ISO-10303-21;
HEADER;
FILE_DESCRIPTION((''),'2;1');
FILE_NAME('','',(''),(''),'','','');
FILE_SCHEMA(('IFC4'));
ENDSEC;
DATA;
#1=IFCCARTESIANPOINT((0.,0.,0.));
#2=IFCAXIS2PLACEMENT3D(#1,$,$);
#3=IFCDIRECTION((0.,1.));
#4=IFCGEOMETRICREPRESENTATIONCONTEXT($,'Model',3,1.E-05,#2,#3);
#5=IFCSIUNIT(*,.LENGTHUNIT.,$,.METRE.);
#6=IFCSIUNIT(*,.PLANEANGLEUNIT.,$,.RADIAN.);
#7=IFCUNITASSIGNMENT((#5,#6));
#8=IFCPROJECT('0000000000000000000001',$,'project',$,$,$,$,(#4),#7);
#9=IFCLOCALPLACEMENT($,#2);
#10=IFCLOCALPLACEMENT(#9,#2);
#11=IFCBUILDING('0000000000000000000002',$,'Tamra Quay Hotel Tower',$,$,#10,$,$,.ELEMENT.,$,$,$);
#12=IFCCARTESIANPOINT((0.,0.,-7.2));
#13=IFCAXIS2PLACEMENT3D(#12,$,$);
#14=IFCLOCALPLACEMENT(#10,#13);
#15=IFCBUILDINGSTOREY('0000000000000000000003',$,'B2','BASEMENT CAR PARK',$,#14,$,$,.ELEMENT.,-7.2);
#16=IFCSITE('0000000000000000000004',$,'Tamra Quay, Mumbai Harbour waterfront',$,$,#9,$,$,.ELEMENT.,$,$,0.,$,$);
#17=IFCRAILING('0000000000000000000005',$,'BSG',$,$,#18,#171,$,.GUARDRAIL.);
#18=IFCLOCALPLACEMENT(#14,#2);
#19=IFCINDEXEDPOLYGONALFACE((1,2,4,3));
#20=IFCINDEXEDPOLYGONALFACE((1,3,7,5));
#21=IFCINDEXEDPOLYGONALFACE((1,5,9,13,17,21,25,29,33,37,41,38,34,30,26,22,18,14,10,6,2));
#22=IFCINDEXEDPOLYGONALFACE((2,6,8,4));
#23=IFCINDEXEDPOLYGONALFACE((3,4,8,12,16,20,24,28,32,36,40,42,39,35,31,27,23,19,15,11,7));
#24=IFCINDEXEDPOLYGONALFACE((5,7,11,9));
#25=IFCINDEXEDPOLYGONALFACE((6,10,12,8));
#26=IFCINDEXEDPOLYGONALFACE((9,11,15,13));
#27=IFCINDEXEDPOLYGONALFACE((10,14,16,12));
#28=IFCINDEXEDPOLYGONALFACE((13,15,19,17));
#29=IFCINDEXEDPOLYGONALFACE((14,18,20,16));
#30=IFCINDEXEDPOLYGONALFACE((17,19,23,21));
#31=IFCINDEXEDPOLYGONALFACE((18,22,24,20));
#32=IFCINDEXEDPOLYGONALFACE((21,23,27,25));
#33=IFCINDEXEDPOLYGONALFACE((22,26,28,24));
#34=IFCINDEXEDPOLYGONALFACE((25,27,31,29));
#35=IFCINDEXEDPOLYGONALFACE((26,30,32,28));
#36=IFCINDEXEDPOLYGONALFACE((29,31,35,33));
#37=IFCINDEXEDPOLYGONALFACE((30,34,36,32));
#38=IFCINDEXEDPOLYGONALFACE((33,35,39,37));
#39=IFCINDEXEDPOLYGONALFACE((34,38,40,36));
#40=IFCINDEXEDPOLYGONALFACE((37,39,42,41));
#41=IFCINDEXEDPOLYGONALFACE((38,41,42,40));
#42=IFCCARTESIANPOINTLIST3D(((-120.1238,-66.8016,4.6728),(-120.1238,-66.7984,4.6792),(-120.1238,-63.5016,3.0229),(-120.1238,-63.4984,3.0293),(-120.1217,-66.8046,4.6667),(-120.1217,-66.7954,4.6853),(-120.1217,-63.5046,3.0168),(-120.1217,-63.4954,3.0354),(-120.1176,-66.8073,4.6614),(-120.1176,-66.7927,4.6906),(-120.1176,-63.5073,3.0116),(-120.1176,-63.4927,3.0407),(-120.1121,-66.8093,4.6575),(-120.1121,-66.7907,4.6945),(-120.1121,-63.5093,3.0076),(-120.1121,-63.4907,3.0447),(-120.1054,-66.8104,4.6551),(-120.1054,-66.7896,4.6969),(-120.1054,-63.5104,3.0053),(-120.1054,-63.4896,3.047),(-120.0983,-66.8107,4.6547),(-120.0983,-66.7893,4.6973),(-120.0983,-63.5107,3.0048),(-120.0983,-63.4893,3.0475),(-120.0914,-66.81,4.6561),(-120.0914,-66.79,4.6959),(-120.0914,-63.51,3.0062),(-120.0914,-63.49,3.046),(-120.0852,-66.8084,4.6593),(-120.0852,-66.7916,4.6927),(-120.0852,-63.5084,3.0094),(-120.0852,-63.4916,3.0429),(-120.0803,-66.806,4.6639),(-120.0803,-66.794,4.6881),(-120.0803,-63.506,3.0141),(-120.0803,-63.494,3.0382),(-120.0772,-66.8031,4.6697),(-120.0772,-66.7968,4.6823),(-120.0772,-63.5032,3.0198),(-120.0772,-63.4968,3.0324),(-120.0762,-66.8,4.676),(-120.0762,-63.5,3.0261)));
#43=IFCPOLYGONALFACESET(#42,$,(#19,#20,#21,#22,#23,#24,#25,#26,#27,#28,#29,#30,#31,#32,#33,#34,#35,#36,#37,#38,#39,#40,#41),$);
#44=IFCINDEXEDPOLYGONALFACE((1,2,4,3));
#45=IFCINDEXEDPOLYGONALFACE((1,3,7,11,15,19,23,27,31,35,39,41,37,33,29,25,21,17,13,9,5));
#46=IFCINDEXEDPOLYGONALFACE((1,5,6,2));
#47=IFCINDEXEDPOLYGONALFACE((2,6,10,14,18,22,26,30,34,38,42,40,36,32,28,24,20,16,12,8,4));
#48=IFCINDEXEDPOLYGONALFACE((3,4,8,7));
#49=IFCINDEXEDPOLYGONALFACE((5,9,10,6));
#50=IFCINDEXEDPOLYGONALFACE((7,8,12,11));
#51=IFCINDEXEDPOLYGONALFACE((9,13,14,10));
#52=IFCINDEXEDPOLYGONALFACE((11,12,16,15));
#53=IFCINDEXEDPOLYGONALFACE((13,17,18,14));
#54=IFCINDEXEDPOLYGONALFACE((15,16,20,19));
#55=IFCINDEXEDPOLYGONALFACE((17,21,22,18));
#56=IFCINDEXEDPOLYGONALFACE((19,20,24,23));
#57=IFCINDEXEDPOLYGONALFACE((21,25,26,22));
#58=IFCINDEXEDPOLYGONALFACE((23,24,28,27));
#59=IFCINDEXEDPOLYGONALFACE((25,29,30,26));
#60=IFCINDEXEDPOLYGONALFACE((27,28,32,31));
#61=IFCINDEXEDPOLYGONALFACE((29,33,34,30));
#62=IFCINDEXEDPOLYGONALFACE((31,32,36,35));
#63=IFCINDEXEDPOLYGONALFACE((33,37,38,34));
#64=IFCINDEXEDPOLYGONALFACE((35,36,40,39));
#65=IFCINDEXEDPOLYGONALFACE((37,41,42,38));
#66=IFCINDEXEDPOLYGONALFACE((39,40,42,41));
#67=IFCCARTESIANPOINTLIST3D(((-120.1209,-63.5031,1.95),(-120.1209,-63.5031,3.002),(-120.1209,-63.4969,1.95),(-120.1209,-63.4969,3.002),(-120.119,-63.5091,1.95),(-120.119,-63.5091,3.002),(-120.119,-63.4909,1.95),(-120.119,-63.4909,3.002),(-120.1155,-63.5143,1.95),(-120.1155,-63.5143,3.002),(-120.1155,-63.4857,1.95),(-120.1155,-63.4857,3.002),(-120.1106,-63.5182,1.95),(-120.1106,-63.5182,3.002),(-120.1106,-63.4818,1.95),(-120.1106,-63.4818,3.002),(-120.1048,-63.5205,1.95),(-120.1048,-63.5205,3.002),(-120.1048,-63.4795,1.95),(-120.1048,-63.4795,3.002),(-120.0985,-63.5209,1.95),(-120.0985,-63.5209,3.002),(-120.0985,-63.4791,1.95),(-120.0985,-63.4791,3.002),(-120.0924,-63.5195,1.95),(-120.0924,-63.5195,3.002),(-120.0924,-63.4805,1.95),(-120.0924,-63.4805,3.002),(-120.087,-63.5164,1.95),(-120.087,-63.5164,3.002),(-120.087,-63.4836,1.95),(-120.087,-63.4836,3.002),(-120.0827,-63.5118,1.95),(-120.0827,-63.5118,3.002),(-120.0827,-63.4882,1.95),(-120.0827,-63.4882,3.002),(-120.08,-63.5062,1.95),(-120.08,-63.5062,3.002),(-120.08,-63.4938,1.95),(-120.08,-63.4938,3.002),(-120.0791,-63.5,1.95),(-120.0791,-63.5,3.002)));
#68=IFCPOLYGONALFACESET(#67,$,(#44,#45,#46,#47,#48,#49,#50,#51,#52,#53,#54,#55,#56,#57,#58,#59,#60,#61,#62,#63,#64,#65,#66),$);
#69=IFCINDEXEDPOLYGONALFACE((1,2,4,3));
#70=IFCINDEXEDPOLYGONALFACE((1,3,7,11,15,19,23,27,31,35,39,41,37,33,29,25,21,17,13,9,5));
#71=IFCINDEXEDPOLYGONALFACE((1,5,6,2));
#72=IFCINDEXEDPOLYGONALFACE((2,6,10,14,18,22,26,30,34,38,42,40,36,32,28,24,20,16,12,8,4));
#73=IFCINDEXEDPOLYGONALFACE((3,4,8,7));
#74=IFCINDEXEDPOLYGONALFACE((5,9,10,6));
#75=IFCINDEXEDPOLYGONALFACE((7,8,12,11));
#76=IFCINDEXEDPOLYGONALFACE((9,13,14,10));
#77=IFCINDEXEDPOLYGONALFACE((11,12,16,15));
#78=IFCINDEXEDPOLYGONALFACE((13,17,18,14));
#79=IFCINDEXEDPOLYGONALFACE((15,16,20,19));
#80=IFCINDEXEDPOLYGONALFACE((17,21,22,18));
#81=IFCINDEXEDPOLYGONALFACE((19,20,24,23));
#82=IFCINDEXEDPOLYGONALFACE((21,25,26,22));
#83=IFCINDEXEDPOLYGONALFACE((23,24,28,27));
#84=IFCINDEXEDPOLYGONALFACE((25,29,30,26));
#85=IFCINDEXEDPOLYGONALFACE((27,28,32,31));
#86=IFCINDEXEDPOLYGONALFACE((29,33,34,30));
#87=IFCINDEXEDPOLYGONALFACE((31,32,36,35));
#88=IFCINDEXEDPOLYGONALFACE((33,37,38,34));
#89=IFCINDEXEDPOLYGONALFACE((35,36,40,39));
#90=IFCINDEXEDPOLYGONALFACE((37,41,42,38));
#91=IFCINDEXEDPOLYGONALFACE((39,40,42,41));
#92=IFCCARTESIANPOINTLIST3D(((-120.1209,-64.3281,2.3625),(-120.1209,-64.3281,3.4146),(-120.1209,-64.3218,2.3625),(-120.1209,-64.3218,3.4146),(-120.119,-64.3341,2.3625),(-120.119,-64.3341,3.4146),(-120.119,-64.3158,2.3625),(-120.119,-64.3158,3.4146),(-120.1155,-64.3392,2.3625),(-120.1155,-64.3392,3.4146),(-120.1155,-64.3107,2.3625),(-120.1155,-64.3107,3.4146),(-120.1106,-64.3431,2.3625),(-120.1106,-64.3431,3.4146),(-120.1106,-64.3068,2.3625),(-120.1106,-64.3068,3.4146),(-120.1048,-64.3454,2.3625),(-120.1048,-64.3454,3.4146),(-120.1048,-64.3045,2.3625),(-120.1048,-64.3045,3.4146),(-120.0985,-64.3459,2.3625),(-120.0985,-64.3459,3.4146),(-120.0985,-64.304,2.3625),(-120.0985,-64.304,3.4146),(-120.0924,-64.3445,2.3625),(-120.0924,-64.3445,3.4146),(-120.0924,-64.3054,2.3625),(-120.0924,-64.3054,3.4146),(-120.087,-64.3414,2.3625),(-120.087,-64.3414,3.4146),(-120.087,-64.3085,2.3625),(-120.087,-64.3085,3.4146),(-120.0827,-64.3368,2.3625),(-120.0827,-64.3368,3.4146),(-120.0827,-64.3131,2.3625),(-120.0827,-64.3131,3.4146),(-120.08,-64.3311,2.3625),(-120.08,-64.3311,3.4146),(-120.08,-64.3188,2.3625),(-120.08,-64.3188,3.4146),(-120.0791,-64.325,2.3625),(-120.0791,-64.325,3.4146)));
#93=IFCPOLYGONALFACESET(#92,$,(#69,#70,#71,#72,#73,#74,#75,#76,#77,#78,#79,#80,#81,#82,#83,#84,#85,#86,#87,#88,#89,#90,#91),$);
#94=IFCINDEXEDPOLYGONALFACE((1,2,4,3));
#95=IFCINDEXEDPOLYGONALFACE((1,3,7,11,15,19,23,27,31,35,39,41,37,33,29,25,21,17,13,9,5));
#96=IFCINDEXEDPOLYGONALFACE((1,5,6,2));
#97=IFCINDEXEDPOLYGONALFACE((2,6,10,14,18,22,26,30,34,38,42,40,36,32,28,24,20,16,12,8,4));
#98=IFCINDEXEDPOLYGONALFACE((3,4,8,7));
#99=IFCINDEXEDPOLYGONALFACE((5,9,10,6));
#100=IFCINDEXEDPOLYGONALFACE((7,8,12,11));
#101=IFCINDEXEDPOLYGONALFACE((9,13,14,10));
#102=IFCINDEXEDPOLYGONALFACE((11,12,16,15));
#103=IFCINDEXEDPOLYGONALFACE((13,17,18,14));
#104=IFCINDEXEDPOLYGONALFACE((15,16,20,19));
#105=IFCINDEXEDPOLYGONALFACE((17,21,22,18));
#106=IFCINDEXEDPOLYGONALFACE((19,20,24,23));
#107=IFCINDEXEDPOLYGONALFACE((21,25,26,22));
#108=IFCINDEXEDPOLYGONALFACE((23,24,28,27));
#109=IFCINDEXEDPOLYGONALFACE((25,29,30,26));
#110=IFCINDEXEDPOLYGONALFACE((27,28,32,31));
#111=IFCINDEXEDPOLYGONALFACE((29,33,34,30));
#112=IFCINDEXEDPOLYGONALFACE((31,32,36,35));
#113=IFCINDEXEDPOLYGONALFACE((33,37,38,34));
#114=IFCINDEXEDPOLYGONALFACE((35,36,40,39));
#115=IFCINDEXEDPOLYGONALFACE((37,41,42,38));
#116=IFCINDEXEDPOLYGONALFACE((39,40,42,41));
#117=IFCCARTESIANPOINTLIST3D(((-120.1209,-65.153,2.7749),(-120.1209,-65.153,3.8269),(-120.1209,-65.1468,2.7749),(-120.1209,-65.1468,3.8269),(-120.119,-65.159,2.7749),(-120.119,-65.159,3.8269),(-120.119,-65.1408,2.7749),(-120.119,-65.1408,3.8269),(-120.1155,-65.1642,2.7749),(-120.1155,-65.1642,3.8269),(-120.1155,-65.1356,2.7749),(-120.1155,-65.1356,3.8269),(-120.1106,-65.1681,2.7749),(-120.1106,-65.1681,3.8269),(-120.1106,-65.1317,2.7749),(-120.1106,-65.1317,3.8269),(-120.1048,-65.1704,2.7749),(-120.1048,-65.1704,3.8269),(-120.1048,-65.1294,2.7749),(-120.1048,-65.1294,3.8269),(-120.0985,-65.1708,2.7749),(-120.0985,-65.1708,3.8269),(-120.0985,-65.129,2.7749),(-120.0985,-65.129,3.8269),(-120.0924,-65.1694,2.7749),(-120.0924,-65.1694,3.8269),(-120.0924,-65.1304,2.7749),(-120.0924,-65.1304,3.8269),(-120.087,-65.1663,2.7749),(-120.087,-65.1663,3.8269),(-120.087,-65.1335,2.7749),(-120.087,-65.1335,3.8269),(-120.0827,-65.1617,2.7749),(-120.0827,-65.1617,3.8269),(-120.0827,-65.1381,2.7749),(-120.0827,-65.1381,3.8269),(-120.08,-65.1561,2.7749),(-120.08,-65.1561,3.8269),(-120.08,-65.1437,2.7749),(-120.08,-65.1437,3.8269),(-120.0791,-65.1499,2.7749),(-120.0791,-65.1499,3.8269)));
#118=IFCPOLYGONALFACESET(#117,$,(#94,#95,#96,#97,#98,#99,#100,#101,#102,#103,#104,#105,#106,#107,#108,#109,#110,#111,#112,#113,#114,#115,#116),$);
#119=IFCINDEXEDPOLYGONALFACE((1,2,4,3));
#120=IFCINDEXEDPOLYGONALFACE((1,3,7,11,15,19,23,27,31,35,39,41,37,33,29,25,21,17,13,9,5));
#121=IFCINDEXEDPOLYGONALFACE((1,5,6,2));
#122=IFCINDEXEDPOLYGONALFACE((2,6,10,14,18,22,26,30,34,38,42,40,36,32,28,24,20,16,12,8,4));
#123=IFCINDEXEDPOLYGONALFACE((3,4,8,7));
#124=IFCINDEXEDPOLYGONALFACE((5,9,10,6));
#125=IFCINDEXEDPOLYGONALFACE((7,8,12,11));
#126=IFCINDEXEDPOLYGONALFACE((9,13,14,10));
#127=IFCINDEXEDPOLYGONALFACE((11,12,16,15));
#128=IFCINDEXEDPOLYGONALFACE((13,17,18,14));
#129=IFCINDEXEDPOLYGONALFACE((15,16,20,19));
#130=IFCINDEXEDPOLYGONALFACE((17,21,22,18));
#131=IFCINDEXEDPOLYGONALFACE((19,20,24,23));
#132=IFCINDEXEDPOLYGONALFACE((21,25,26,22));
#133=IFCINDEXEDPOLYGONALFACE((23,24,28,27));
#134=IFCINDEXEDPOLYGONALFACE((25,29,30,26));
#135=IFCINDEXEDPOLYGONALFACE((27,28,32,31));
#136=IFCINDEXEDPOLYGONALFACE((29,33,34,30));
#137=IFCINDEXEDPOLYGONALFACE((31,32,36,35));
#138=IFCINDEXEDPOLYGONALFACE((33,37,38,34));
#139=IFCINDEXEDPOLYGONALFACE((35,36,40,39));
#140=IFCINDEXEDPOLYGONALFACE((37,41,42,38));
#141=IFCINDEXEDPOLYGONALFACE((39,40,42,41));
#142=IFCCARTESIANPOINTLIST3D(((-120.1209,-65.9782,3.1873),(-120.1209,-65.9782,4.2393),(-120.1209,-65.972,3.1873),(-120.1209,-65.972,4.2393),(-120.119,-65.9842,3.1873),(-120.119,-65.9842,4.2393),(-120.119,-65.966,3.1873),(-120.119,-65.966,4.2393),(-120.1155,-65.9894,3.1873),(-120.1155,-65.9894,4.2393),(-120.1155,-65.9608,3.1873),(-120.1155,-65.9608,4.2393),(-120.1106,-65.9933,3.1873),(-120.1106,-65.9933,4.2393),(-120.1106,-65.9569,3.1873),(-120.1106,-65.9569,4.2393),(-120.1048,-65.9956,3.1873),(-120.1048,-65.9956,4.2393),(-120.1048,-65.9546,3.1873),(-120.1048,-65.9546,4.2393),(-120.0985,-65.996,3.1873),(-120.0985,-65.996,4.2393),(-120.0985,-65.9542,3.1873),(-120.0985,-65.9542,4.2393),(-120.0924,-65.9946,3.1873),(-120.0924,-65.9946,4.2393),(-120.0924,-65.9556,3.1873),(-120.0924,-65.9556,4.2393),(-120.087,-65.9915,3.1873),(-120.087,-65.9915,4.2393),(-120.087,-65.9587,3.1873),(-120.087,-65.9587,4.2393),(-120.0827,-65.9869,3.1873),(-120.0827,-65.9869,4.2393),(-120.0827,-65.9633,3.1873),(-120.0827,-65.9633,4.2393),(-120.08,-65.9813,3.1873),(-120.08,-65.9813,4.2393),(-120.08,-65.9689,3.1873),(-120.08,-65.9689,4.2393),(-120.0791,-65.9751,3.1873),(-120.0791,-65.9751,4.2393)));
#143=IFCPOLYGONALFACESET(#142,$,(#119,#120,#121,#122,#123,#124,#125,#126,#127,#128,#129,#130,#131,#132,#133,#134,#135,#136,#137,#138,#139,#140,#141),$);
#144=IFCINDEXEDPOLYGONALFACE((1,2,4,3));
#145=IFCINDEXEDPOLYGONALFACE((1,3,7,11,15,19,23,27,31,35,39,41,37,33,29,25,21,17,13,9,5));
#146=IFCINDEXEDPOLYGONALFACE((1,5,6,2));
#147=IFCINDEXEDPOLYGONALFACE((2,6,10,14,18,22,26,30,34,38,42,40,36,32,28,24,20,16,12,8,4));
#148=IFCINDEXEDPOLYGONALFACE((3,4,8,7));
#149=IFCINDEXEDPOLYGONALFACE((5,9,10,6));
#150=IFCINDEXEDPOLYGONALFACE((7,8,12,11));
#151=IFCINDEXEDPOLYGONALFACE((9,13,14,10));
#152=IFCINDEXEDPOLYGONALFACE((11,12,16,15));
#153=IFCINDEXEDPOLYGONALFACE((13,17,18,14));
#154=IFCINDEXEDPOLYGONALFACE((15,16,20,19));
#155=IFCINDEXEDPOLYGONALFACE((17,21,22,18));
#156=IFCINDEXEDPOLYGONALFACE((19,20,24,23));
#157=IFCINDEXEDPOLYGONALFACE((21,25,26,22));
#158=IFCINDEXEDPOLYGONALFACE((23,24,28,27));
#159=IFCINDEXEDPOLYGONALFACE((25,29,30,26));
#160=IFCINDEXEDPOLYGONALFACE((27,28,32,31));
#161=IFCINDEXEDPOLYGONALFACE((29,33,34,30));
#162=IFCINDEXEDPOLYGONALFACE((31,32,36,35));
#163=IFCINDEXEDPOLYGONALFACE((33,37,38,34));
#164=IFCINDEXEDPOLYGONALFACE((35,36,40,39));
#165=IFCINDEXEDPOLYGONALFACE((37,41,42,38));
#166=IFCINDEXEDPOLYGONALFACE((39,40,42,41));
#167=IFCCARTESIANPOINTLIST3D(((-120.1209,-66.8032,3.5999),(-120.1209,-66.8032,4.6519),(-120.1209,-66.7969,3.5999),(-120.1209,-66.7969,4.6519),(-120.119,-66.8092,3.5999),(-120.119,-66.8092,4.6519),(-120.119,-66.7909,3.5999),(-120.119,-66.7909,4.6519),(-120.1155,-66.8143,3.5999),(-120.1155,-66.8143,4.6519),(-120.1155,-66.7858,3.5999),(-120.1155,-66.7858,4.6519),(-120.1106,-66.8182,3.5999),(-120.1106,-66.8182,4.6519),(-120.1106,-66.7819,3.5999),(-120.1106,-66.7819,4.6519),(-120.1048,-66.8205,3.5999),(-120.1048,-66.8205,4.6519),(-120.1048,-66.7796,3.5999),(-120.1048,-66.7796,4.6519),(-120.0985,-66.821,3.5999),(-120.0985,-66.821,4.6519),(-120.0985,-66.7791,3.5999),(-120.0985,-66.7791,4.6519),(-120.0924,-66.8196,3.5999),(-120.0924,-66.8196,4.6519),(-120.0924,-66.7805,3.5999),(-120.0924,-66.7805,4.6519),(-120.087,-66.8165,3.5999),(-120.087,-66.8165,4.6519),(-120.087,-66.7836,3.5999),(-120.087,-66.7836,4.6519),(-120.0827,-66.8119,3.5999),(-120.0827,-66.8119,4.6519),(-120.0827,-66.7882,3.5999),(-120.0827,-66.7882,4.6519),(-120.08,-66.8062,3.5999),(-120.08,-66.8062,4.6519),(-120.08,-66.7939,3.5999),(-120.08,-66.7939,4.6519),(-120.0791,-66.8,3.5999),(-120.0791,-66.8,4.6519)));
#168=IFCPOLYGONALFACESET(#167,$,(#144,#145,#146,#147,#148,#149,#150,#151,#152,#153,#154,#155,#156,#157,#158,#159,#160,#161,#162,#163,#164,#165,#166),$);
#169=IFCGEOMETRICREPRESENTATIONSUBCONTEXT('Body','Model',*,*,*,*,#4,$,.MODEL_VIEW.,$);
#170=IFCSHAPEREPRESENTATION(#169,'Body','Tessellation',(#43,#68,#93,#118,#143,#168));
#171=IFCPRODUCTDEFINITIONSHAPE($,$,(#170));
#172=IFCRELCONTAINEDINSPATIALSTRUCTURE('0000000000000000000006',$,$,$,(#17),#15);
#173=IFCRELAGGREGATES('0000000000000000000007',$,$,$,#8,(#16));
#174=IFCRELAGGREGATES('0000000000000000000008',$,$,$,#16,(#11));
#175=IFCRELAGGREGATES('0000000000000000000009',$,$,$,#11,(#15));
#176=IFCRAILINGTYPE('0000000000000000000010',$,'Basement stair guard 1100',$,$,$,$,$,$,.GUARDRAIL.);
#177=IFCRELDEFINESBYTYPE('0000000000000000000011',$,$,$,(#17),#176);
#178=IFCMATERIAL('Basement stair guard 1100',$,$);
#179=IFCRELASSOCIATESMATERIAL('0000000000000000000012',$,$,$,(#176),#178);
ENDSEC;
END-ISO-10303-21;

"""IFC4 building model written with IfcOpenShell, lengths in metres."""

from ifc_helpers import new_model, si_unit, direction, frame, origin, origin_2d, place, context, subcontext, project, spatial, circle, extrude, material, type_object, element, save


model = new_model("IFC4")

# Units and contexts
model_context = context("Model", 3, precision=1e-05, world=origin(), true_north=direction((0.0, 1.0)))
body_context = subcontext(model_context, "Body", "Model", "MODEL_VIEW")
ifc_project = project(units=[si_unit("LENGTHUNIT", "METRE"), si_unit("PLANEANGLEUNIT", "RADIAN")], contexts=[model_context])

# Site, building, storey
site_placement = place(None, origin())
site = spatial("IfcSite", under=ifc_project, at=site_placement, Name="Tamra Quay, Mumbai Harbour waterfront", CompositionType="ELEMENT", RefElevation=0.0)
building_placement = place(site_placement, origin())
building = spatial("IfcBuilding", under=site, at=building_placement, Name="Tamra Quay Hotel Tower", CompositionType="ELEMENT")
storey_placement = place(building_placement, frame((0.0, 0.0, -7.2)))
storey = spatial("IfcBuildingStorey", under=building, at=storey_placement, Name="B2", Description="BASEMENT CAR PARK", CompositionType="ELEMENT", Elevation=-7.2)

# Railing
ifc_material_1 = material(Name="Basement stair guard 1100")
railing_type_1 = type_object("IfcRailingType", Name="Basement stair guard 1100", PredefinedType="GUARDRAIL", material=ifc_material_1)
railing_1_placement = place(storey_placement, frame((-120.1001, -63.5, 1.95)))
element("IfcRailing", 1, at=railing_1_placement, inside=storey, type_object=railing_type_1, Name="BSG", PredefinedType="GUARDRAIL", context=body_context, shape_type="SweptSolid", body=[
    extrude(circle(Radius=0.0239, at=origin_2d()), frame((0.0, 0.0, 1.0762), z_axis=(0.0, -0.89444, 0.447187), x_axis=(1.0, 0.0, 0.0)), (0.0, 0.0, 1.0), 3.6895),
    extrude(circle(Radius=0.021, at=origin_2d()), origin(), (0.0, 0.0, 1.0), 1.052),
    extrude(circle(Radius=0.021, at=origin_2d()), frame((0.0, -0.825, 0.4126)), (0.0, 0.0, 1.0), 1.052),
    extrude(circle(Radius=0.021, at=origin_2d()), frame((0.0, -1.6499, 0.825)), (0.0, 0.0, 1.0), 1.052),
    extrude(circle(Radius=0.021, at=origin_2d()), frame((0.0, -2.4751, 1.2373)), (0.0, 0.0, 1.0), 1.052),
    extrude(circle(Radius=0.021, at=origin_2d()), frame((0.0, -3.3, 1.6499)), (0.0, 0.0, 1.0), 1.052),
])

save(model, "model.ifc")
